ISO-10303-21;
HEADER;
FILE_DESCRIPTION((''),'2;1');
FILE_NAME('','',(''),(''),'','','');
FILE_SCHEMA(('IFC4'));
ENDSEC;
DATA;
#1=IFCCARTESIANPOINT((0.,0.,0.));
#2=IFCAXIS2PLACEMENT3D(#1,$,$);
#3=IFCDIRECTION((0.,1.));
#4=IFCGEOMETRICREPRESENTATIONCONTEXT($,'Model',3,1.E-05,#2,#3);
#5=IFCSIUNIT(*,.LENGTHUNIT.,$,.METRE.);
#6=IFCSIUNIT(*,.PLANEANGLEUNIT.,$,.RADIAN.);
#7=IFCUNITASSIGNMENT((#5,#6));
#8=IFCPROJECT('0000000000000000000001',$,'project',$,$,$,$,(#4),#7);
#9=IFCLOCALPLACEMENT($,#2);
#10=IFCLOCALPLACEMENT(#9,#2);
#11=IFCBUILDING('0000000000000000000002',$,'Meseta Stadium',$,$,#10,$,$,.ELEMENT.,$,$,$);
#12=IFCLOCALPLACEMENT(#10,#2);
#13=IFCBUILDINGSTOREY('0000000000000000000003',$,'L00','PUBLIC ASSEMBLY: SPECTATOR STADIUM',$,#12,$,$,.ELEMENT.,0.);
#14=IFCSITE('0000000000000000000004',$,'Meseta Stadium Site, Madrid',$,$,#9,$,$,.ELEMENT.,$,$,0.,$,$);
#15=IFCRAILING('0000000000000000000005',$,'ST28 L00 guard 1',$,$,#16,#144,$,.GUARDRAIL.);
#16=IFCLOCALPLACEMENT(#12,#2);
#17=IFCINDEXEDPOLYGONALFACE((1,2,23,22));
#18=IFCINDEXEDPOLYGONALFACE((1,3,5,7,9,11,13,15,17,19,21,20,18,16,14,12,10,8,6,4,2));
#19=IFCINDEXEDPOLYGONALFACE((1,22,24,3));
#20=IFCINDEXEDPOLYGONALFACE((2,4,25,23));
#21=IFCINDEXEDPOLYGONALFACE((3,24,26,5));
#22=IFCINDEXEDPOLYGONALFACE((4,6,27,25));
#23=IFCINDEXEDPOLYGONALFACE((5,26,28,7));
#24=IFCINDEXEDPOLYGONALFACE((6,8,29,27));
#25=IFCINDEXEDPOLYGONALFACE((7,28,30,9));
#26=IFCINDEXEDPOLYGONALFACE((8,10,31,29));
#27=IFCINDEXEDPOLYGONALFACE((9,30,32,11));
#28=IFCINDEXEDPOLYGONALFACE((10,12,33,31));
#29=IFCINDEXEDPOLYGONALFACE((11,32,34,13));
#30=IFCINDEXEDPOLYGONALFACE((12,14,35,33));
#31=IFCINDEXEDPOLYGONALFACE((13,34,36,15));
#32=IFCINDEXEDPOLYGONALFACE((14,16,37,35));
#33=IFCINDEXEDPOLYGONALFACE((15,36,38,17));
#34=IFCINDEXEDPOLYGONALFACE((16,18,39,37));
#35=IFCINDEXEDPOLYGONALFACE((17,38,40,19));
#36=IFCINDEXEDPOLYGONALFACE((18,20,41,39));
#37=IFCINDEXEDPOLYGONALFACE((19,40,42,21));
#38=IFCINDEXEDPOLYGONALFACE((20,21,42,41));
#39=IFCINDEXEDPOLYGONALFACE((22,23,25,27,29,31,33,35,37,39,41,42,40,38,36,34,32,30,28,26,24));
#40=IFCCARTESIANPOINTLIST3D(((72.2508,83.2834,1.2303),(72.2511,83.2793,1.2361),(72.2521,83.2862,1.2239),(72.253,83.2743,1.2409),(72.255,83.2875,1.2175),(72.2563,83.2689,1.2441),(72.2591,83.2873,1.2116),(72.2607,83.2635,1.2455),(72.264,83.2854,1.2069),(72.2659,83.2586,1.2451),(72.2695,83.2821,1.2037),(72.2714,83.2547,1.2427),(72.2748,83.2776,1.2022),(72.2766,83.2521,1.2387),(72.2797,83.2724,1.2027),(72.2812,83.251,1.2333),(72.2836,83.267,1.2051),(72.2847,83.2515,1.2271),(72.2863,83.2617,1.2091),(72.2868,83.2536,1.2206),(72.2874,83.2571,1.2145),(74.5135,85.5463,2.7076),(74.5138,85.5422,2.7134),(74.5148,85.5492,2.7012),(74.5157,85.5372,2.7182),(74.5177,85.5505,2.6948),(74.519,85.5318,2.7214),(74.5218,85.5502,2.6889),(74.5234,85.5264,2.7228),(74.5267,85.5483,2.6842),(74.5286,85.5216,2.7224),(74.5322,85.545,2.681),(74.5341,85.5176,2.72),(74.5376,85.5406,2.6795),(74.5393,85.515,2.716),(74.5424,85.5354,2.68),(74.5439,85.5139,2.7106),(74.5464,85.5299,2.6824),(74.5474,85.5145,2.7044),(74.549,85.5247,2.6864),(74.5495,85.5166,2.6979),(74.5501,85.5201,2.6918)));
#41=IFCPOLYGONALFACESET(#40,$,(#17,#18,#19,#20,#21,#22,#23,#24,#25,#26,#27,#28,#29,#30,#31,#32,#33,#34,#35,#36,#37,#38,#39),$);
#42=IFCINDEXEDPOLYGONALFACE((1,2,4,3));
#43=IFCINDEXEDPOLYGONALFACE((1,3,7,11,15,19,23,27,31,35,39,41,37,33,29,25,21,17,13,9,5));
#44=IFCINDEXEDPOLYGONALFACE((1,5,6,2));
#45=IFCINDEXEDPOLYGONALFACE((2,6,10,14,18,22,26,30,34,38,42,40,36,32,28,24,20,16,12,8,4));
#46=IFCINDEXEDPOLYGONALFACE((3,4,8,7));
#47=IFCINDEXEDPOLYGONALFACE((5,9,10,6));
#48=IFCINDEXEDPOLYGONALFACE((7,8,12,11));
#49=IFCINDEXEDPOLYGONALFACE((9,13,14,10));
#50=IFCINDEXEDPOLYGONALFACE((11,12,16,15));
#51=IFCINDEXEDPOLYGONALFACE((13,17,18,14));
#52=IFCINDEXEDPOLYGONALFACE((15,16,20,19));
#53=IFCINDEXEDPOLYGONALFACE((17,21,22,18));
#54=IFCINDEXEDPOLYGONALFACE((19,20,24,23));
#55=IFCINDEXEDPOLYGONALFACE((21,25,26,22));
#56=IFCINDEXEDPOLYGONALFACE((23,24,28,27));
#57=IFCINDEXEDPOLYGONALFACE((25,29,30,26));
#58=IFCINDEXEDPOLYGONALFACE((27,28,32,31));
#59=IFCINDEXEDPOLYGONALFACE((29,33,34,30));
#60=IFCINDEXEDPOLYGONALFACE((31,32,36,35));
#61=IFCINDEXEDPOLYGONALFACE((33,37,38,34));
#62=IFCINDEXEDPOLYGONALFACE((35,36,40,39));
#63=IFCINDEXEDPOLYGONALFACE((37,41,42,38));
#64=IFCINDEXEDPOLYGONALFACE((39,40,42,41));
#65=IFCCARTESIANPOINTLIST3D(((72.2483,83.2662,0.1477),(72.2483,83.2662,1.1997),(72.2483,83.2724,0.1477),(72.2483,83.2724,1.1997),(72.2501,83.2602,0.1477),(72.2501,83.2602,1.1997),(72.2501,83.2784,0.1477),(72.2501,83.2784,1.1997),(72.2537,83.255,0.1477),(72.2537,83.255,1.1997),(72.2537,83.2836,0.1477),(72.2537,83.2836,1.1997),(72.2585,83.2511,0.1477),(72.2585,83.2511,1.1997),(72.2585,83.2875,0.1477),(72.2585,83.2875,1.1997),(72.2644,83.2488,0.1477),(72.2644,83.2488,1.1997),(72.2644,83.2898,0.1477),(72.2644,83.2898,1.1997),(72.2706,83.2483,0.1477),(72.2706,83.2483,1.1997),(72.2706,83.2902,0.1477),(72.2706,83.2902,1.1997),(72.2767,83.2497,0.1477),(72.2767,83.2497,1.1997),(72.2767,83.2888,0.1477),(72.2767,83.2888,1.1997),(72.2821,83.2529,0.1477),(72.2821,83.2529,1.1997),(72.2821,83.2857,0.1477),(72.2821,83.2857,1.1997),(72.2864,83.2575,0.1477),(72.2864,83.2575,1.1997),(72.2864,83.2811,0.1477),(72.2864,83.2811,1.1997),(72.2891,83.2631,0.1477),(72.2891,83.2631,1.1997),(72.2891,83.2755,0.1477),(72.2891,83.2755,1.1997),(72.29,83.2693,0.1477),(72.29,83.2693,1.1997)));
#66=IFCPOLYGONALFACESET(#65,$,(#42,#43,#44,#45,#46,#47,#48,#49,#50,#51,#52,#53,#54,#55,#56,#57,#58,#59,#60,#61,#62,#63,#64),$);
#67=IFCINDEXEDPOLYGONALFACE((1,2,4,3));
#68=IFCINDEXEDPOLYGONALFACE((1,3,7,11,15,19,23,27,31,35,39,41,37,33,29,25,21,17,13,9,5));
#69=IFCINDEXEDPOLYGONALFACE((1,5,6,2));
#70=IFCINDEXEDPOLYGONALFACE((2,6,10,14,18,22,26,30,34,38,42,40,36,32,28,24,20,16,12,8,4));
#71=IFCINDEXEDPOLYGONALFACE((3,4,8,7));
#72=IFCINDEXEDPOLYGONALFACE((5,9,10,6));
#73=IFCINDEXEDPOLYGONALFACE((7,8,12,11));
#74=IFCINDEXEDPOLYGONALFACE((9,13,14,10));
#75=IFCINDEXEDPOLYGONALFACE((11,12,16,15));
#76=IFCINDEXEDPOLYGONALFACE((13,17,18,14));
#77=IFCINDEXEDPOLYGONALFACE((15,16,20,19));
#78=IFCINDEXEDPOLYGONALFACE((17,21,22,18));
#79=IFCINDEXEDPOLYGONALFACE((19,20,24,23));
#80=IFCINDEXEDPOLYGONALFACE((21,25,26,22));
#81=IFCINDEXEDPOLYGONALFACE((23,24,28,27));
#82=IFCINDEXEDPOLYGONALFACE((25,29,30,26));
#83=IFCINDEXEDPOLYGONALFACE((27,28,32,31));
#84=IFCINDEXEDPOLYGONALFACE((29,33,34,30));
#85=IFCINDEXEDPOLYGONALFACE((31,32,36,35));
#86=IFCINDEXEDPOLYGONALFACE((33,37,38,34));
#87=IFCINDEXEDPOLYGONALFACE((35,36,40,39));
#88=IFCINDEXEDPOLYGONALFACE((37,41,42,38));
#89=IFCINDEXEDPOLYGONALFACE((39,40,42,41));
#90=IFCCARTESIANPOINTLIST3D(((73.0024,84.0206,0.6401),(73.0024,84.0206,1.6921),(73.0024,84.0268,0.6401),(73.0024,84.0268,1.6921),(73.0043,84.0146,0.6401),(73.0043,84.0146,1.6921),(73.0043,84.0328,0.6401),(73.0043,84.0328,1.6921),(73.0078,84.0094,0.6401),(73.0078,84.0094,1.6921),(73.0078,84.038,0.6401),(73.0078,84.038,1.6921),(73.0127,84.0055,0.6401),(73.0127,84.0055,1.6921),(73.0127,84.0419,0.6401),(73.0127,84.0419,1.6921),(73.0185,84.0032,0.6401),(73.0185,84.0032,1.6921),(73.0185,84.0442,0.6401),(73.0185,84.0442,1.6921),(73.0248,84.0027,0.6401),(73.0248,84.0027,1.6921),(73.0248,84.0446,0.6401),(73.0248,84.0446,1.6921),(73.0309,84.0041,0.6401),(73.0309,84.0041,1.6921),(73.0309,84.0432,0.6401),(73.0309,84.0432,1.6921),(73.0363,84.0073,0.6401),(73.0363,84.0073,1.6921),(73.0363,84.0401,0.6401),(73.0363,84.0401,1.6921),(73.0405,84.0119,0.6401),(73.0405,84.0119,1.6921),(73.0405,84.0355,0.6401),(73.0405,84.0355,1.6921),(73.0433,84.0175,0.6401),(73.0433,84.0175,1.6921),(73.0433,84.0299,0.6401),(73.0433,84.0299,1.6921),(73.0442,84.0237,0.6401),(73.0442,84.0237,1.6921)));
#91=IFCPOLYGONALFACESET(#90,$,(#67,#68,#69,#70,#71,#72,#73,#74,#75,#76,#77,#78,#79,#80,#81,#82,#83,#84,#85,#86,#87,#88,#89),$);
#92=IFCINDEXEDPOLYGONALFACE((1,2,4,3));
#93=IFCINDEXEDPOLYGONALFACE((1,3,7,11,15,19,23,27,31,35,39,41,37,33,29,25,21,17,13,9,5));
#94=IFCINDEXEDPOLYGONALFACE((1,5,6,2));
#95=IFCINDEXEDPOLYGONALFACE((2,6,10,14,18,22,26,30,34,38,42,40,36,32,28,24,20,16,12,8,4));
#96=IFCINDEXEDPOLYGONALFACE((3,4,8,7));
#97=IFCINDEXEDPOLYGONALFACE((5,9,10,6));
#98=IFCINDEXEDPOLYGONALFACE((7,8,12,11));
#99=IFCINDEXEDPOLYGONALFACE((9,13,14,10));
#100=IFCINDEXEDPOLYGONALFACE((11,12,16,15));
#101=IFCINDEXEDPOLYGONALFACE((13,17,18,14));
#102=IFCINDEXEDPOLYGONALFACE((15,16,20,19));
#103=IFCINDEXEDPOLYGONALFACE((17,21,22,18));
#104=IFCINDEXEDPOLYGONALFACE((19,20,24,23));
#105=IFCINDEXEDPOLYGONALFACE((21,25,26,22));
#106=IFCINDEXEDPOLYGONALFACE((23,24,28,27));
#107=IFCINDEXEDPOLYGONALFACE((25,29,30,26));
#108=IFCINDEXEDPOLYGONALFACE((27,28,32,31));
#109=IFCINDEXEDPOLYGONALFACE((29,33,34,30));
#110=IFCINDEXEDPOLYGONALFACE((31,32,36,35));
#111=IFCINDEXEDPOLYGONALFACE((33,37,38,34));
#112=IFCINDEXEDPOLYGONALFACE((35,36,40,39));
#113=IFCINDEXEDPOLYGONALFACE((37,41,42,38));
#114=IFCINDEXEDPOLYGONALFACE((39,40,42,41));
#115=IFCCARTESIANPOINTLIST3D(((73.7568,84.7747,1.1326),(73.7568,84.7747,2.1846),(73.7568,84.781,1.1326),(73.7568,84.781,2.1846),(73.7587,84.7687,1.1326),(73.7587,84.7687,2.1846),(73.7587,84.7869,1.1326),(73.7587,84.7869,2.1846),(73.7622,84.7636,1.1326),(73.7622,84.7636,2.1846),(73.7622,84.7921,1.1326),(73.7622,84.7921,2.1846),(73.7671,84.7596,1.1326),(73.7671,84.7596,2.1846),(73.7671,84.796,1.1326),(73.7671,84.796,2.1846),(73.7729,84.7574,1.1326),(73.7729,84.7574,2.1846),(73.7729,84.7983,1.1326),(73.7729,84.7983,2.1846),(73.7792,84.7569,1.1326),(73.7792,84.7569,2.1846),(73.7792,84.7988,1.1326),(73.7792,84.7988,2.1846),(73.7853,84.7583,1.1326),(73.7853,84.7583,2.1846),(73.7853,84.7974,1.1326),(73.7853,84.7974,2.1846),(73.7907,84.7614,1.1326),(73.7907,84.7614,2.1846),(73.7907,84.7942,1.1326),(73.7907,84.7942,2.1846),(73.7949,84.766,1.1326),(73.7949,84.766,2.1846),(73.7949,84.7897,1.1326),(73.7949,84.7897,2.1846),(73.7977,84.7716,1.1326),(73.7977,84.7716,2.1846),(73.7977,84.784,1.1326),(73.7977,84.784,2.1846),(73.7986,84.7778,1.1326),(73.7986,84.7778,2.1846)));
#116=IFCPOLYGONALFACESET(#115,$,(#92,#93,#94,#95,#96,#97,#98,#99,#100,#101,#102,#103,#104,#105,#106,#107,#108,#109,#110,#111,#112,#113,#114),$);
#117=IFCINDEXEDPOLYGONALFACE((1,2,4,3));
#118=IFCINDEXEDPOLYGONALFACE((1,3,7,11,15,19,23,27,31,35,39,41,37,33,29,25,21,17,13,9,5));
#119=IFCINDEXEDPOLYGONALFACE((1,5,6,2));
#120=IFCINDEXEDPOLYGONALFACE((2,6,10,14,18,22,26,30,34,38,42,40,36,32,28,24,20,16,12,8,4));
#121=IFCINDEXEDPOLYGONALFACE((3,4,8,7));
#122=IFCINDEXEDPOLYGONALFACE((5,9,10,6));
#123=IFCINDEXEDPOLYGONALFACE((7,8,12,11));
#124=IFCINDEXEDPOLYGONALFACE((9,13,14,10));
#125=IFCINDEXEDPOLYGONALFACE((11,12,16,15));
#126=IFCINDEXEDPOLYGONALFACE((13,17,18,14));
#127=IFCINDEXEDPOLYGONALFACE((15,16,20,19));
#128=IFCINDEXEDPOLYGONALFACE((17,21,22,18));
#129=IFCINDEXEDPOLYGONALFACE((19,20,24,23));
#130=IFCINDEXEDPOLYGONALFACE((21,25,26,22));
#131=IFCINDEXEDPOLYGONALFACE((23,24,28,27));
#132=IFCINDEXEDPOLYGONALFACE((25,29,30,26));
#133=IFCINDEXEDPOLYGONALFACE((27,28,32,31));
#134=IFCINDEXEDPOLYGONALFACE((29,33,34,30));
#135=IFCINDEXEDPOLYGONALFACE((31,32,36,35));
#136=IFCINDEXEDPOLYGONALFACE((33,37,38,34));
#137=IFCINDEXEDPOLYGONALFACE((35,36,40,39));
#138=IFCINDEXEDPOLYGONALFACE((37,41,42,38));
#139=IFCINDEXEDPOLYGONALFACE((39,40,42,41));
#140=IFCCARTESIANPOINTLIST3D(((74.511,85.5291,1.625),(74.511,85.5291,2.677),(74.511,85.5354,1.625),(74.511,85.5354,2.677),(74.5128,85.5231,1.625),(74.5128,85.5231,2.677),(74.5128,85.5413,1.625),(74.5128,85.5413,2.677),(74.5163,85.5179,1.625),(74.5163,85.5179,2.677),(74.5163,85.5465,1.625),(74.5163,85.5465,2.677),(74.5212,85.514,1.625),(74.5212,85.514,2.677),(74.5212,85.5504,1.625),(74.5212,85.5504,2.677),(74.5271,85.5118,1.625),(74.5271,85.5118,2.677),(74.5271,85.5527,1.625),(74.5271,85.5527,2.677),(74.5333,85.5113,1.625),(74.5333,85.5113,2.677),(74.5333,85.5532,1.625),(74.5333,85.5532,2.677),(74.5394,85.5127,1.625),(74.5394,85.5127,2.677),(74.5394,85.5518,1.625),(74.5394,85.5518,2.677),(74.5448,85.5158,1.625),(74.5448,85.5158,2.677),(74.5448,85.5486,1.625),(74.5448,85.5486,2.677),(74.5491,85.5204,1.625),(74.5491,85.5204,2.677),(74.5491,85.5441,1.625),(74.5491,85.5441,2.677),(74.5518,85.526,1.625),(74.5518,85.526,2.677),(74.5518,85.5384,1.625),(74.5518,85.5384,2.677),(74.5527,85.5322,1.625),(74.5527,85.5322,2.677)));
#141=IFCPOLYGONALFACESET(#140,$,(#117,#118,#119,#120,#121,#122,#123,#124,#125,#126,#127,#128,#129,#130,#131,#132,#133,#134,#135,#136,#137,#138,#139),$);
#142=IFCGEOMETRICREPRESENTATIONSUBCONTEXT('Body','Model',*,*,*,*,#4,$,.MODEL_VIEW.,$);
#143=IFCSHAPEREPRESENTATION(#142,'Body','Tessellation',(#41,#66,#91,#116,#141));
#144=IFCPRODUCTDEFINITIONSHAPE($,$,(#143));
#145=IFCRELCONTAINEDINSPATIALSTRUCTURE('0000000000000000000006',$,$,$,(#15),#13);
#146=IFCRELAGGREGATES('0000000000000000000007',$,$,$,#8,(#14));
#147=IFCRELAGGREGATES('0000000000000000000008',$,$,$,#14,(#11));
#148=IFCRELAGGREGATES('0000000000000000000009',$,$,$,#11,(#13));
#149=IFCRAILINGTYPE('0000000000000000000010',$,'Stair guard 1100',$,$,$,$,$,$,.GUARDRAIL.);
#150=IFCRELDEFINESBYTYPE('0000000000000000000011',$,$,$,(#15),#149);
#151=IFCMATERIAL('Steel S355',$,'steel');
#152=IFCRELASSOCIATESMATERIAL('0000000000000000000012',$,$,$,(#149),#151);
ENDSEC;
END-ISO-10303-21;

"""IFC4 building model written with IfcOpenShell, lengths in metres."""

from ifc_helpers import new_model, si_unit, direction, frame, origin, origin_2d, place, context, subcontext, project, spatial, circle, extrude, material, type_object, element, save


model = new_model("IFC4")

# Units and contexts
model_context = context("Model", 3, precision=1e-05, world=origin(), true_north=direction((0.0, 1.0)))
body_context = subcontext(model_context, "Body", "Model", "MODEL_VIEW")
ifc_project = project(units=[si_unit("LENGTHUNIT", "METRE"), si_unit("PLANEANGLEUNIT", "RADIAN")], contexts=[model_context])

# Site, building, storey
site_placement = place(None, origin())
site = spatial("IfcSite", under=ifc_project, at=site_placement, Name="Meseta Stadium Site, Madrid", CompositionType="ELEMENT", RefElevation=0.0)
building_placement = place(site_placement, origin())
building = spatial("IfcBuilding", under=site, at=building_placement, Name="Meseta Stadium", CompositionType="ELEMENT")
storey_placement = place(building_placement, origin())
storey = spatial("IfcBuildingStorey", under=building, at=storey_placement, Name="L00", Description="PUBLIC ASSEMBLY: SPECTATOR STADIUM", CompositionType="ELEMENT", Elevation=0.0)

# Railing
ifc_material_1 = material(Name="Steel S355", Category="steel")
railing_type_1 = type_object("IfcRailingType", Name="Stair guard 1100", PredefinedType="GUARDRAIL", material=ifc_material_1)
railing_1_placement = place(storey_placement, frame((72.269, 83.2693, 0.1477)))
element("IfcRailing", 1, at=railing_1_placement, inside=storey, type_object=railing_type_1, Name="ST28 L00 guard 1", PredefinedType="GUARDRAIL", context=body_context, shape_type="SweptSolid", body=[
    extrude(circle(Radius=0.0239, at=origin_2d()), frame((0.0, 0.0, 1.0762), z_axis=(0.641965, 0.642034, 0.419134), x_axis=(-0.707145, 0.707069, 0.0)), (0.0, 0.0, 1.0), 3.5247),
    extrude(circle(Radius=0.021, at=origin_2d()), origin(), (0.0, 0.0, 1.0), 1.052),
    extrude(circle(Radius=0.021, at=origin_2d()), frame((0.7542, 0.7544, 0.4924)), (0.0, 0.0, 1.0), 1.052),
    extrude(circle(Radius=0.021, at=origin_2d()), frame((1.5085, 1.5085, 0.9849)), (0.0, 0.0, 1.0), 1.052),
    extrude(circle(Radius=0.021, at=origin_2d()), frame((2.2627, 2.2629, 1.4773)), (0.0, 0.0, 1.0), 1.052),
])

save(model, "model.ifc")
